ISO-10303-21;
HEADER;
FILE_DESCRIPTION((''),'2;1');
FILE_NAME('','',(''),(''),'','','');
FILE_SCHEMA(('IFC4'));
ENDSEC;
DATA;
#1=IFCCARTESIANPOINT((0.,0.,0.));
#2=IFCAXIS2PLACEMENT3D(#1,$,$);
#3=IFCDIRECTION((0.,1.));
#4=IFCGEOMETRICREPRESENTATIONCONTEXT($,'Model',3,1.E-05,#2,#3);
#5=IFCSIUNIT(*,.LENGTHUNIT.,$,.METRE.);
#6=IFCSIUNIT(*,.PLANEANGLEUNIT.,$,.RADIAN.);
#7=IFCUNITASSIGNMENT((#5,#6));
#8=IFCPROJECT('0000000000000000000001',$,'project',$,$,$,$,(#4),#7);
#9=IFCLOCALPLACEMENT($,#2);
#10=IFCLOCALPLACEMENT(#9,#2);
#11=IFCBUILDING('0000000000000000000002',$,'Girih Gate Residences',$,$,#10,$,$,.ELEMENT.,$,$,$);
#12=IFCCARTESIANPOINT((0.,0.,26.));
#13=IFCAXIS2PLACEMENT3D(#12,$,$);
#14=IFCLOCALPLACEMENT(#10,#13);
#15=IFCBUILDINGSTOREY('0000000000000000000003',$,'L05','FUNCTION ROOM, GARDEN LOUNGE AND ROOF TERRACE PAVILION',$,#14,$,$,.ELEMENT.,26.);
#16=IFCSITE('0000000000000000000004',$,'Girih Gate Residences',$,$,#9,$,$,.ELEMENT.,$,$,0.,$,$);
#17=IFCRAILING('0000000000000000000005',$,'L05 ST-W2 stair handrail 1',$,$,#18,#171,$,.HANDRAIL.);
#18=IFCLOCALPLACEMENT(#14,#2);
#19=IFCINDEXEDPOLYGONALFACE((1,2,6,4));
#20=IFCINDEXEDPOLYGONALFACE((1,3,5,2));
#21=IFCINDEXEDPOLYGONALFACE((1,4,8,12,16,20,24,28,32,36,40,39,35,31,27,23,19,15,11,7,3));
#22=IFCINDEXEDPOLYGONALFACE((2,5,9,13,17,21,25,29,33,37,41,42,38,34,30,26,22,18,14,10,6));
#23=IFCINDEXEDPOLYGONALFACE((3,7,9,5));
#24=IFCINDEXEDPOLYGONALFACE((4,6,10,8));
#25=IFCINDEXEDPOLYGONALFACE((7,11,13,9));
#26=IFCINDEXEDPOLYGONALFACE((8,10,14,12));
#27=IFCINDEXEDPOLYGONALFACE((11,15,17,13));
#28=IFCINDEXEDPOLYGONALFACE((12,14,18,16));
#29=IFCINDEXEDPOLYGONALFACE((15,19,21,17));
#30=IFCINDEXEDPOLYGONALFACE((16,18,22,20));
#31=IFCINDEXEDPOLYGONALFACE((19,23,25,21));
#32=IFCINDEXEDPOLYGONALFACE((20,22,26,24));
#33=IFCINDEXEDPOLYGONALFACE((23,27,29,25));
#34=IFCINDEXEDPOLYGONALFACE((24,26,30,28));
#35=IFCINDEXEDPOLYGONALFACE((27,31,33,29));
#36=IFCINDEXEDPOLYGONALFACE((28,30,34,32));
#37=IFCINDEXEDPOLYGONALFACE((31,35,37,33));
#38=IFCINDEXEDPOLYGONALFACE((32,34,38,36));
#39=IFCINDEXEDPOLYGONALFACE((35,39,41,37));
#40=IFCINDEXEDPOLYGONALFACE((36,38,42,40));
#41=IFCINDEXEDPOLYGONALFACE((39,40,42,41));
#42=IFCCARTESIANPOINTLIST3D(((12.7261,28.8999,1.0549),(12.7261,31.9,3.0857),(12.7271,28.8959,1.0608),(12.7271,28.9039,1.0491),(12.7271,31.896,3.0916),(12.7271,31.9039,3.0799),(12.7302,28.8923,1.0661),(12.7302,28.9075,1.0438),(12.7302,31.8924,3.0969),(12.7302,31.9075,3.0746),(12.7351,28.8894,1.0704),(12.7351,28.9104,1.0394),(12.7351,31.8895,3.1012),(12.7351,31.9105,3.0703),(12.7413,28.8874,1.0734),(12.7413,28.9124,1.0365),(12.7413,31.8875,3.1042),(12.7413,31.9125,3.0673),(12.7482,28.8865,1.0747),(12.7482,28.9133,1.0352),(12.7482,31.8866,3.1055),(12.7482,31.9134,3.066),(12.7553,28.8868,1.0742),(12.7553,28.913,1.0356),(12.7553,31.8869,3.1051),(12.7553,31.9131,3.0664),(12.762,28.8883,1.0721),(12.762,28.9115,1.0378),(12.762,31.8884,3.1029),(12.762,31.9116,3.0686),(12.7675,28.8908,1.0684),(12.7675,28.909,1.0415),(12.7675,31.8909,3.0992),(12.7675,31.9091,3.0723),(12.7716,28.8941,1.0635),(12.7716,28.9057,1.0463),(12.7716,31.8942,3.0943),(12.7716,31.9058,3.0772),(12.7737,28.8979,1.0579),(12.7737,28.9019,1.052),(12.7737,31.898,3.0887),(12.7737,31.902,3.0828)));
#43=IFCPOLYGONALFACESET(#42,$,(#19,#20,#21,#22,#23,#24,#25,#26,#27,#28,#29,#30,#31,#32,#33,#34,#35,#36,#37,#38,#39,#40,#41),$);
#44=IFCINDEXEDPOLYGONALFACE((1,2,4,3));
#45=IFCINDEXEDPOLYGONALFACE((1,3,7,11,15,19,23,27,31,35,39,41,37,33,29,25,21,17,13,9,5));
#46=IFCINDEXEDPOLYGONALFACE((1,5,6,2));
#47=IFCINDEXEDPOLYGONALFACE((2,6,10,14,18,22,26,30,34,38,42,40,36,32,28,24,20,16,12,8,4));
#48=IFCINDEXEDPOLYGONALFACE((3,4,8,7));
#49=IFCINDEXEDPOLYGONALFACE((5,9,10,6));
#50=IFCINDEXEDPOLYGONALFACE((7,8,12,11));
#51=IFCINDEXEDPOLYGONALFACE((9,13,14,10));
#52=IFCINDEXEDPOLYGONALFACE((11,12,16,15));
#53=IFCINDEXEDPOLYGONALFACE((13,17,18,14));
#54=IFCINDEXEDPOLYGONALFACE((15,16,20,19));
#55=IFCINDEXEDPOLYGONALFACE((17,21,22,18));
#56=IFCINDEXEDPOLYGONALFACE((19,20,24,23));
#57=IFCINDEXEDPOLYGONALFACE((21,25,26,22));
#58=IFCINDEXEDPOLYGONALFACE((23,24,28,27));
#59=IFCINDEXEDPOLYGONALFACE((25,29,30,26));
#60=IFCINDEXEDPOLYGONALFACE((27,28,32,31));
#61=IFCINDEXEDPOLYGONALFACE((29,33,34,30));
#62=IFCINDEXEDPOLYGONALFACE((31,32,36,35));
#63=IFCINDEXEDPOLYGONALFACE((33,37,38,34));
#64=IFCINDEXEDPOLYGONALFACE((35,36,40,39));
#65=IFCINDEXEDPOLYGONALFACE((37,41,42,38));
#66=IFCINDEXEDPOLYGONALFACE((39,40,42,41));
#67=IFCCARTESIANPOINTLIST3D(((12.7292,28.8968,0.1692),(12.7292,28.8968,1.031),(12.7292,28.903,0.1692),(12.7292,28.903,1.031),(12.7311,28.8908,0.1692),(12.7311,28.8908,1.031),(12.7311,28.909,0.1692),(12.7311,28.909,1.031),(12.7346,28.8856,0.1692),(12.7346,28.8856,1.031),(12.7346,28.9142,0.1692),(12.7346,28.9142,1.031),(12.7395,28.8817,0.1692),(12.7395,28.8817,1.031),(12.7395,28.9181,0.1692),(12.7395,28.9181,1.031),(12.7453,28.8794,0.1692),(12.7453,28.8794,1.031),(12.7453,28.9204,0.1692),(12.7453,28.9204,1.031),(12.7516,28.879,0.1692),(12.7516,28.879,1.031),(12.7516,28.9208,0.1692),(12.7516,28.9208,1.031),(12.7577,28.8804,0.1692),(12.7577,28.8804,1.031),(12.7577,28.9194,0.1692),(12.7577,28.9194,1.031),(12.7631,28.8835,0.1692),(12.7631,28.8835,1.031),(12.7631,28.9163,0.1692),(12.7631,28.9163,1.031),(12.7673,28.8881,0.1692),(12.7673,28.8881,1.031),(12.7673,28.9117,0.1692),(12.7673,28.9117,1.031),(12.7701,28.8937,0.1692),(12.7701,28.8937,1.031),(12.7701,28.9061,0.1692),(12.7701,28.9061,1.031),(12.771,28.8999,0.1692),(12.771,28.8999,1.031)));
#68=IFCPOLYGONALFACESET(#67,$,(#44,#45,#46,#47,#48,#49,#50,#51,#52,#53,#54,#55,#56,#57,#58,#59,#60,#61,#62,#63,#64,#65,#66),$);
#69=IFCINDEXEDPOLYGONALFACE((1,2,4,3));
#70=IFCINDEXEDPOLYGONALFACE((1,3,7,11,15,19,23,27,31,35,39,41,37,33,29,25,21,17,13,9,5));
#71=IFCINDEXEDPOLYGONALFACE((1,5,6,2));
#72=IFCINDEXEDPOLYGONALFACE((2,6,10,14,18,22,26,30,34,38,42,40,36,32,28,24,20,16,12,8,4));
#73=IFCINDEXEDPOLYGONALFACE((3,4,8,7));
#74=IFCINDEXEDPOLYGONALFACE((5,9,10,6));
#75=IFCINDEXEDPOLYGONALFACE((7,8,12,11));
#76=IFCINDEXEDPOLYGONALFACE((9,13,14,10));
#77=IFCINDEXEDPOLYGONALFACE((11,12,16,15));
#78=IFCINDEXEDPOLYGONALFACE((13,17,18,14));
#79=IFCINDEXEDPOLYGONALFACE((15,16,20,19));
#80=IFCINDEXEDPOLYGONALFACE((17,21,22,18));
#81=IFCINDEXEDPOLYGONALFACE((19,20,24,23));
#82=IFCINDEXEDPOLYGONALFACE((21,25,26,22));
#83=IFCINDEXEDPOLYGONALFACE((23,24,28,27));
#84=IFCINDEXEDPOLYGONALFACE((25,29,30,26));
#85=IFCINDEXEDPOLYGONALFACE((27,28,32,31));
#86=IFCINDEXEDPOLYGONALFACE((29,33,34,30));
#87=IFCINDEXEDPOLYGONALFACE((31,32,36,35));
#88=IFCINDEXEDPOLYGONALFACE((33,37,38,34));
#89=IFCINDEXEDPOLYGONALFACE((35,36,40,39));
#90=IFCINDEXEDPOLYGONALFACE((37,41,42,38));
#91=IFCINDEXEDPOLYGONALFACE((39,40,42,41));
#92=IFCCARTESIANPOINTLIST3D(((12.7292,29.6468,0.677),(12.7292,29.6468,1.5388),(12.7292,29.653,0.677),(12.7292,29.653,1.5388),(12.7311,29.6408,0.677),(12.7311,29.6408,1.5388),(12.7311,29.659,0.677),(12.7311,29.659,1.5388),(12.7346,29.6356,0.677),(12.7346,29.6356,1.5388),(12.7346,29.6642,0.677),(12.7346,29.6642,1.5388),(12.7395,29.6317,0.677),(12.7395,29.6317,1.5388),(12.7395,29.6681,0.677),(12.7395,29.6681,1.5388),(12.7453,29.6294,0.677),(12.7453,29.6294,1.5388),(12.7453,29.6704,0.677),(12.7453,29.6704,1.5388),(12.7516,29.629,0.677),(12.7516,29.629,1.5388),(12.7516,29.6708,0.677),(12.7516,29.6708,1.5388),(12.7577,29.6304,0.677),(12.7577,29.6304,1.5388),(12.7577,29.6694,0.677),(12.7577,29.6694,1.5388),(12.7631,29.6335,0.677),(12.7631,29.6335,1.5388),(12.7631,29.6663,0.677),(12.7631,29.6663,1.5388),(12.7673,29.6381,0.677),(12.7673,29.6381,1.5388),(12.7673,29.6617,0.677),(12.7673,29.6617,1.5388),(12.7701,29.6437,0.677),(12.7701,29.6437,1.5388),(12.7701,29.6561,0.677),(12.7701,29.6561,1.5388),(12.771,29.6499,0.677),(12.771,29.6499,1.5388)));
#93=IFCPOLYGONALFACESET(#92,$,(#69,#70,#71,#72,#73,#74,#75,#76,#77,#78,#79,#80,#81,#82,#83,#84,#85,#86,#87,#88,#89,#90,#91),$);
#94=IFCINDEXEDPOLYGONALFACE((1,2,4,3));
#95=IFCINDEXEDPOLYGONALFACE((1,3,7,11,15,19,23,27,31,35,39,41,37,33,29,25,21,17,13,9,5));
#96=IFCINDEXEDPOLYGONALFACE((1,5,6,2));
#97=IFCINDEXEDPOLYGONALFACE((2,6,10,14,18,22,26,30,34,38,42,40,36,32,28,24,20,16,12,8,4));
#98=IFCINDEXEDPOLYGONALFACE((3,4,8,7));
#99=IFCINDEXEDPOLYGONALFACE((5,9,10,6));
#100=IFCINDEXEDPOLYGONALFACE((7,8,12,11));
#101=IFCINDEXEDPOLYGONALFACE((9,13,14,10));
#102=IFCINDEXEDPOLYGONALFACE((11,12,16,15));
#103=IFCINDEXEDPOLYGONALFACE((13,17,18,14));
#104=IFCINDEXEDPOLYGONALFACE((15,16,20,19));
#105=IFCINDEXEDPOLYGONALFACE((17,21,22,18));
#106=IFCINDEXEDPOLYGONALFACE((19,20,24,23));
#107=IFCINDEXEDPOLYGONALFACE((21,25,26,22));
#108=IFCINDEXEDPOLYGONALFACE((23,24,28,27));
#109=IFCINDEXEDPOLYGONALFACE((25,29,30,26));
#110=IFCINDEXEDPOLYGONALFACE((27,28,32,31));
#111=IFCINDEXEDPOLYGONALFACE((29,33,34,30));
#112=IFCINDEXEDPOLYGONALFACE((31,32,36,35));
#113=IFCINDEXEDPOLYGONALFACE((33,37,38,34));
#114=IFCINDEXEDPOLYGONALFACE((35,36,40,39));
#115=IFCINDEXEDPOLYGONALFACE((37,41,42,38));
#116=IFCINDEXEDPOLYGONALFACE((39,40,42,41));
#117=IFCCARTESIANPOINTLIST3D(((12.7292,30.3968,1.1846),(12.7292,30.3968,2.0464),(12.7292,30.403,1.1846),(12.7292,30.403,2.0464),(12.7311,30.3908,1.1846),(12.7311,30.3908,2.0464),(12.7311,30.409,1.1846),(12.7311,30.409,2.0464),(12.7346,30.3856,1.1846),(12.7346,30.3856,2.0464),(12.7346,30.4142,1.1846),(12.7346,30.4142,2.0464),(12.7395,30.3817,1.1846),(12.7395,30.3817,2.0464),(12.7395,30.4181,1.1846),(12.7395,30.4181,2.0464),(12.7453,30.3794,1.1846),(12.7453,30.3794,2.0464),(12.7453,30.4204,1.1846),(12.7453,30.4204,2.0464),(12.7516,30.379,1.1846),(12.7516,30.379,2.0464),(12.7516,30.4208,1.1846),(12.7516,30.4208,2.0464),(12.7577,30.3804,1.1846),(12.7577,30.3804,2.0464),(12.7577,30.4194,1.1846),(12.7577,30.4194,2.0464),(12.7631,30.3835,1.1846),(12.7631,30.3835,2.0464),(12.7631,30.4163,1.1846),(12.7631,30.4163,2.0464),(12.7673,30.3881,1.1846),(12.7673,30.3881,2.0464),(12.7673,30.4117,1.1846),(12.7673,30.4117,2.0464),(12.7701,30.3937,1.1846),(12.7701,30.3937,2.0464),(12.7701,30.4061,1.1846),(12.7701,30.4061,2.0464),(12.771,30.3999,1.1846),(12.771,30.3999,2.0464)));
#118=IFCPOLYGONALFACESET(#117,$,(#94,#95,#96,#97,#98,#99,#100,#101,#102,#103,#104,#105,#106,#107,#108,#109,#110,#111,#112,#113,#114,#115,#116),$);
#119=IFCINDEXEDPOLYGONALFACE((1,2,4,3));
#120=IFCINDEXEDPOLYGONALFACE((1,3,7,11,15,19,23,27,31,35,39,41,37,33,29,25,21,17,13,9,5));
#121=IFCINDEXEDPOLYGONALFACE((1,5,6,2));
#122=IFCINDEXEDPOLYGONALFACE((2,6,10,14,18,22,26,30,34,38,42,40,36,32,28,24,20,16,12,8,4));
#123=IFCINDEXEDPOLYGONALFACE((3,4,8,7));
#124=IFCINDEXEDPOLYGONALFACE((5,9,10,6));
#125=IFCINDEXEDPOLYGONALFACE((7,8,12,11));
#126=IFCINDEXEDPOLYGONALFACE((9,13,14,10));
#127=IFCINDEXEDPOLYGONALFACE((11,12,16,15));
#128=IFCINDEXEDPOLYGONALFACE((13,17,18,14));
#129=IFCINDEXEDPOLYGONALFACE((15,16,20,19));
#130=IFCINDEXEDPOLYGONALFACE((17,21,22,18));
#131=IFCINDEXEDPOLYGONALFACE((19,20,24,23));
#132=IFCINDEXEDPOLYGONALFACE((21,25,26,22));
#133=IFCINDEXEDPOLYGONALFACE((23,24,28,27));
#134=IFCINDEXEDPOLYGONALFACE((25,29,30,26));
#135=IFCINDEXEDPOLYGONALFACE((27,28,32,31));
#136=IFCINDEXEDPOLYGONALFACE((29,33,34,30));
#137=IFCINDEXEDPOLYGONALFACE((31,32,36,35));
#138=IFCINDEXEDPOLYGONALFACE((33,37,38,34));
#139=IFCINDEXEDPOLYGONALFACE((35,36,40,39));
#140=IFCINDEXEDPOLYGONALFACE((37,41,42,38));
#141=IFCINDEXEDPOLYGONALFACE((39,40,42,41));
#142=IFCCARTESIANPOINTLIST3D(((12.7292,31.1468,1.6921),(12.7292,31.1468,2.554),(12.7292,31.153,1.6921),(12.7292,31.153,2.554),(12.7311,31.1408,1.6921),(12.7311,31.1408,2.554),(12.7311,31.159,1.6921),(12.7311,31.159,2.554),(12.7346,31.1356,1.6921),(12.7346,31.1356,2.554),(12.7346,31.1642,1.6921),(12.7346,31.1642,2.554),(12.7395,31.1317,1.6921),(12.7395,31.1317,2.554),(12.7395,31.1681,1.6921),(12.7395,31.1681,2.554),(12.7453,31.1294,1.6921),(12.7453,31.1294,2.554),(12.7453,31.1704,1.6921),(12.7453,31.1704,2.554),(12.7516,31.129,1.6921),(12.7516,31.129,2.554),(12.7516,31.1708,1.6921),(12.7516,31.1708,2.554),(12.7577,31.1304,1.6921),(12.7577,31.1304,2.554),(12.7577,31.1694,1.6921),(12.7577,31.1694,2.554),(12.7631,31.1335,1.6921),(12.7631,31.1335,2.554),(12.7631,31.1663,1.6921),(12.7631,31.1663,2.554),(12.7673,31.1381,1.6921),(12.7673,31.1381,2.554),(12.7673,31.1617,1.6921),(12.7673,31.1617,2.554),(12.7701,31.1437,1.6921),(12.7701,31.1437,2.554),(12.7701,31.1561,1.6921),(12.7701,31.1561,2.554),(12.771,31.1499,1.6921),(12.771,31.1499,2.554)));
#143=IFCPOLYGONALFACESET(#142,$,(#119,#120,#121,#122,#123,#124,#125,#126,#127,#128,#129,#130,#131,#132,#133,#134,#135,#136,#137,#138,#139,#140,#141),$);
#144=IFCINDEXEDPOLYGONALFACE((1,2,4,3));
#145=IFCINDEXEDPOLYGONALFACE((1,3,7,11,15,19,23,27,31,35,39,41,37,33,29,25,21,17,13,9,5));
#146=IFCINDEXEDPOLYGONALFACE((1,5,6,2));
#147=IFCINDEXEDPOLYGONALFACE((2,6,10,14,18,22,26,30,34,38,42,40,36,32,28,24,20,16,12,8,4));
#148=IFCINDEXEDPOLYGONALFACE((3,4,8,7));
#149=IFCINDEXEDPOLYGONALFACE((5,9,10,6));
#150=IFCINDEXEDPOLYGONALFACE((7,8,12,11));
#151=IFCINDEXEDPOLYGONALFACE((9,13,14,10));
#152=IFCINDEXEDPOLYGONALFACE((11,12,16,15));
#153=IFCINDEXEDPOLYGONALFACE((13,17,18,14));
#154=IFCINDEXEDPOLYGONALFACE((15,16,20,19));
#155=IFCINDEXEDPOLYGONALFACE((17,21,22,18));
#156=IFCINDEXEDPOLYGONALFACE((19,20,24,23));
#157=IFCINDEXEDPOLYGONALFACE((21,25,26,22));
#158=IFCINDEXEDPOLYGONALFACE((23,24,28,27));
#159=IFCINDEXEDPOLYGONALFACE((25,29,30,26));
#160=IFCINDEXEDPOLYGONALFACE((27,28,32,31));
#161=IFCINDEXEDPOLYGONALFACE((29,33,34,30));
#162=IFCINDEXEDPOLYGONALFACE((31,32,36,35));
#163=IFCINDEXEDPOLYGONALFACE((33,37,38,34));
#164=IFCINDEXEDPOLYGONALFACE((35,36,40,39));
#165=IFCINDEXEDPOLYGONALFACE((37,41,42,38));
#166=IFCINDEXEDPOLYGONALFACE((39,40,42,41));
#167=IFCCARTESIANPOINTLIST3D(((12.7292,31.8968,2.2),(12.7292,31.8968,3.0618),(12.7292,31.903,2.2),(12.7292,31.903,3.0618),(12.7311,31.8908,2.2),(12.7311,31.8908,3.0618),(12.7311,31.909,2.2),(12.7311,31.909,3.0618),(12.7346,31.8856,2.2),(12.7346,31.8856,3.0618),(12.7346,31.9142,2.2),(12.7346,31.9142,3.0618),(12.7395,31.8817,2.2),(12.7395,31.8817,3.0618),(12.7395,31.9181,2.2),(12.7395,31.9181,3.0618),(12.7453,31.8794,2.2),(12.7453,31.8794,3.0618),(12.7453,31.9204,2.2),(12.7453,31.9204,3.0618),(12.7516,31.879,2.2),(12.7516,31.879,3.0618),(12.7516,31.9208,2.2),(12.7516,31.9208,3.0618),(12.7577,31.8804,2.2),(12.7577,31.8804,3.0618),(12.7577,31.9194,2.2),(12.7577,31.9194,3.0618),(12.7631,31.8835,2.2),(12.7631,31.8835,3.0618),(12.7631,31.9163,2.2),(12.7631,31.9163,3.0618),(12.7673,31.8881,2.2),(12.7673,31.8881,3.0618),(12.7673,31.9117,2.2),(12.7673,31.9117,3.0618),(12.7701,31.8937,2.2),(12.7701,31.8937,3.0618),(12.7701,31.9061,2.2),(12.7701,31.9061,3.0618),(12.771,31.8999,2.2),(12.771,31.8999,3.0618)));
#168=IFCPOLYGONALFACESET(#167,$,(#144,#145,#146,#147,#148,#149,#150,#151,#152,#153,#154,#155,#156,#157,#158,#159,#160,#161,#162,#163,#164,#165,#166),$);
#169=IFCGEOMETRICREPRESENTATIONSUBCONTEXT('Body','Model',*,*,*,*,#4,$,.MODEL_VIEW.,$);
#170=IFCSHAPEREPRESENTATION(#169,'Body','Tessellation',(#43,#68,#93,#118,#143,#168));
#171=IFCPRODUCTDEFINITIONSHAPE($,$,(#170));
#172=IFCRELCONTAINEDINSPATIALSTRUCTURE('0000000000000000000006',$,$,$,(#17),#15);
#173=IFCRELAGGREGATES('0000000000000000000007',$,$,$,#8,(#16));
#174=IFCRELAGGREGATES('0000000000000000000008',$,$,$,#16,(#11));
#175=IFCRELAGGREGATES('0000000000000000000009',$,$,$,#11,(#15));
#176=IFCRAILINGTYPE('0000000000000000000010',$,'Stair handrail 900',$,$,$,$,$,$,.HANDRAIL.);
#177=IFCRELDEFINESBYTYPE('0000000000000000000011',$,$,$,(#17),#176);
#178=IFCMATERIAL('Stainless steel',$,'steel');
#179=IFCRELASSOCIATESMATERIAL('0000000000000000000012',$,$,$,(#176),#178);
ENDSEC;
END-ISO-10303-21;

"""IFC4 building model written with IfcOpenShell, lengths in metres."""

from ifc_helpers import new_model, si_unit, direction, frame, origin, origin_2d, place, context, subcontext, project, spatial, circle, extrude, material, type_object, element, save


model = new_model("IFC4")

# Units and contexts
model_context = context("Model", 3, precision=1e-05, world=origin(), true_north=direction((0.0, 1.0)))
body_context = subcontext(model_context, "Body", "Model", "MODEL_VIEW")
ifc_project = project(units=[si_unit("LENGTHUNIT", "METRE"), si_unit("PLANEANGLEUNIT", "RADIAN")], contexts=[model_context])

# Site, building, storey
site_placement = place(None, origin())
site = spatial("IfcSite", under=ifc_project, at=site_placement, Name="Girih Gate Residences", CompositionType="ELEMENT", RefElevation=0.0)
building_placement = place(site_placement, origin())
building = spatial("IfcBuilding", under=site, at=building_placement, Name="Girih Gate Residences", CompositionType="ELEMENT")
storey_placement = place(building_placement, frame((0.0, 0.0, 26.0)))
storey = spatial("IfcBuildingStorey", under=building, at=storey_placement, Name="L05", Description="FUNCTION ROOM, GARDEN LOUNGE AND ROOF TERRACE PAVILION", CompositionType="ELEMENT", Elevation=26.0)

# Railing
ifc_material_1 = material(Name="Stainless steel", Category="steel")
railing_type_1 = type_object("IfcRailingType", Name="Stair handrail 900", PredefinedType="HANDRAIL", material=ifc_material_1)
railing_1_placement = place(storey_placement, frame((12.75, 28.8999, 0.1692)))
element("IfcRailing", 1, at=railing_1_placement, inside=storey, type_object=railing_type_1, Name="L05 ST-W2 stair handrail 1", PredefinedType="HANDRAIL", context=body_context, shape_type="SweptSolid", body=[
    extrude(circle(Radius=0.0239, at=origin_2d()), frame((0.0, 0.0, 0.8857), z_axis=(0.0, 0.82811, 0.560565), x_axis=(-1.0, 0.0, 0.0)), (0.0, 0.0, 1.0), 3.6228),
    extrude(circle(Radius=0.021, at=origin_2d()), origin(), (0.0, 0.0, 1.0), 0.8618),
    extrude(circle(Radius=0.021, at=origin_2d()), frame((0.0, 0.75, 0.5078)), (0.0, 0.0, 1.0), 0.8618),
    extrude(circle(Radius=0.021, at=origin_2d()), frame((0.0, 1.5, 1.0154)), (0.0, 0.0, 1.0), 0.8618),
    extrude(circle(Radius=0.021, at=origin_2d()), frame((0.0, 2.25, 1.5229)), (0.0, 0.0, 1.0), 0.8618),
    extrude(circle(Radius=0.021, at=origin_2d()), frame((0.0, 3.0, 2.0308)), (0.0, 0.0, 1.0), 0.8618),
])

save(model, "model.ifc")
